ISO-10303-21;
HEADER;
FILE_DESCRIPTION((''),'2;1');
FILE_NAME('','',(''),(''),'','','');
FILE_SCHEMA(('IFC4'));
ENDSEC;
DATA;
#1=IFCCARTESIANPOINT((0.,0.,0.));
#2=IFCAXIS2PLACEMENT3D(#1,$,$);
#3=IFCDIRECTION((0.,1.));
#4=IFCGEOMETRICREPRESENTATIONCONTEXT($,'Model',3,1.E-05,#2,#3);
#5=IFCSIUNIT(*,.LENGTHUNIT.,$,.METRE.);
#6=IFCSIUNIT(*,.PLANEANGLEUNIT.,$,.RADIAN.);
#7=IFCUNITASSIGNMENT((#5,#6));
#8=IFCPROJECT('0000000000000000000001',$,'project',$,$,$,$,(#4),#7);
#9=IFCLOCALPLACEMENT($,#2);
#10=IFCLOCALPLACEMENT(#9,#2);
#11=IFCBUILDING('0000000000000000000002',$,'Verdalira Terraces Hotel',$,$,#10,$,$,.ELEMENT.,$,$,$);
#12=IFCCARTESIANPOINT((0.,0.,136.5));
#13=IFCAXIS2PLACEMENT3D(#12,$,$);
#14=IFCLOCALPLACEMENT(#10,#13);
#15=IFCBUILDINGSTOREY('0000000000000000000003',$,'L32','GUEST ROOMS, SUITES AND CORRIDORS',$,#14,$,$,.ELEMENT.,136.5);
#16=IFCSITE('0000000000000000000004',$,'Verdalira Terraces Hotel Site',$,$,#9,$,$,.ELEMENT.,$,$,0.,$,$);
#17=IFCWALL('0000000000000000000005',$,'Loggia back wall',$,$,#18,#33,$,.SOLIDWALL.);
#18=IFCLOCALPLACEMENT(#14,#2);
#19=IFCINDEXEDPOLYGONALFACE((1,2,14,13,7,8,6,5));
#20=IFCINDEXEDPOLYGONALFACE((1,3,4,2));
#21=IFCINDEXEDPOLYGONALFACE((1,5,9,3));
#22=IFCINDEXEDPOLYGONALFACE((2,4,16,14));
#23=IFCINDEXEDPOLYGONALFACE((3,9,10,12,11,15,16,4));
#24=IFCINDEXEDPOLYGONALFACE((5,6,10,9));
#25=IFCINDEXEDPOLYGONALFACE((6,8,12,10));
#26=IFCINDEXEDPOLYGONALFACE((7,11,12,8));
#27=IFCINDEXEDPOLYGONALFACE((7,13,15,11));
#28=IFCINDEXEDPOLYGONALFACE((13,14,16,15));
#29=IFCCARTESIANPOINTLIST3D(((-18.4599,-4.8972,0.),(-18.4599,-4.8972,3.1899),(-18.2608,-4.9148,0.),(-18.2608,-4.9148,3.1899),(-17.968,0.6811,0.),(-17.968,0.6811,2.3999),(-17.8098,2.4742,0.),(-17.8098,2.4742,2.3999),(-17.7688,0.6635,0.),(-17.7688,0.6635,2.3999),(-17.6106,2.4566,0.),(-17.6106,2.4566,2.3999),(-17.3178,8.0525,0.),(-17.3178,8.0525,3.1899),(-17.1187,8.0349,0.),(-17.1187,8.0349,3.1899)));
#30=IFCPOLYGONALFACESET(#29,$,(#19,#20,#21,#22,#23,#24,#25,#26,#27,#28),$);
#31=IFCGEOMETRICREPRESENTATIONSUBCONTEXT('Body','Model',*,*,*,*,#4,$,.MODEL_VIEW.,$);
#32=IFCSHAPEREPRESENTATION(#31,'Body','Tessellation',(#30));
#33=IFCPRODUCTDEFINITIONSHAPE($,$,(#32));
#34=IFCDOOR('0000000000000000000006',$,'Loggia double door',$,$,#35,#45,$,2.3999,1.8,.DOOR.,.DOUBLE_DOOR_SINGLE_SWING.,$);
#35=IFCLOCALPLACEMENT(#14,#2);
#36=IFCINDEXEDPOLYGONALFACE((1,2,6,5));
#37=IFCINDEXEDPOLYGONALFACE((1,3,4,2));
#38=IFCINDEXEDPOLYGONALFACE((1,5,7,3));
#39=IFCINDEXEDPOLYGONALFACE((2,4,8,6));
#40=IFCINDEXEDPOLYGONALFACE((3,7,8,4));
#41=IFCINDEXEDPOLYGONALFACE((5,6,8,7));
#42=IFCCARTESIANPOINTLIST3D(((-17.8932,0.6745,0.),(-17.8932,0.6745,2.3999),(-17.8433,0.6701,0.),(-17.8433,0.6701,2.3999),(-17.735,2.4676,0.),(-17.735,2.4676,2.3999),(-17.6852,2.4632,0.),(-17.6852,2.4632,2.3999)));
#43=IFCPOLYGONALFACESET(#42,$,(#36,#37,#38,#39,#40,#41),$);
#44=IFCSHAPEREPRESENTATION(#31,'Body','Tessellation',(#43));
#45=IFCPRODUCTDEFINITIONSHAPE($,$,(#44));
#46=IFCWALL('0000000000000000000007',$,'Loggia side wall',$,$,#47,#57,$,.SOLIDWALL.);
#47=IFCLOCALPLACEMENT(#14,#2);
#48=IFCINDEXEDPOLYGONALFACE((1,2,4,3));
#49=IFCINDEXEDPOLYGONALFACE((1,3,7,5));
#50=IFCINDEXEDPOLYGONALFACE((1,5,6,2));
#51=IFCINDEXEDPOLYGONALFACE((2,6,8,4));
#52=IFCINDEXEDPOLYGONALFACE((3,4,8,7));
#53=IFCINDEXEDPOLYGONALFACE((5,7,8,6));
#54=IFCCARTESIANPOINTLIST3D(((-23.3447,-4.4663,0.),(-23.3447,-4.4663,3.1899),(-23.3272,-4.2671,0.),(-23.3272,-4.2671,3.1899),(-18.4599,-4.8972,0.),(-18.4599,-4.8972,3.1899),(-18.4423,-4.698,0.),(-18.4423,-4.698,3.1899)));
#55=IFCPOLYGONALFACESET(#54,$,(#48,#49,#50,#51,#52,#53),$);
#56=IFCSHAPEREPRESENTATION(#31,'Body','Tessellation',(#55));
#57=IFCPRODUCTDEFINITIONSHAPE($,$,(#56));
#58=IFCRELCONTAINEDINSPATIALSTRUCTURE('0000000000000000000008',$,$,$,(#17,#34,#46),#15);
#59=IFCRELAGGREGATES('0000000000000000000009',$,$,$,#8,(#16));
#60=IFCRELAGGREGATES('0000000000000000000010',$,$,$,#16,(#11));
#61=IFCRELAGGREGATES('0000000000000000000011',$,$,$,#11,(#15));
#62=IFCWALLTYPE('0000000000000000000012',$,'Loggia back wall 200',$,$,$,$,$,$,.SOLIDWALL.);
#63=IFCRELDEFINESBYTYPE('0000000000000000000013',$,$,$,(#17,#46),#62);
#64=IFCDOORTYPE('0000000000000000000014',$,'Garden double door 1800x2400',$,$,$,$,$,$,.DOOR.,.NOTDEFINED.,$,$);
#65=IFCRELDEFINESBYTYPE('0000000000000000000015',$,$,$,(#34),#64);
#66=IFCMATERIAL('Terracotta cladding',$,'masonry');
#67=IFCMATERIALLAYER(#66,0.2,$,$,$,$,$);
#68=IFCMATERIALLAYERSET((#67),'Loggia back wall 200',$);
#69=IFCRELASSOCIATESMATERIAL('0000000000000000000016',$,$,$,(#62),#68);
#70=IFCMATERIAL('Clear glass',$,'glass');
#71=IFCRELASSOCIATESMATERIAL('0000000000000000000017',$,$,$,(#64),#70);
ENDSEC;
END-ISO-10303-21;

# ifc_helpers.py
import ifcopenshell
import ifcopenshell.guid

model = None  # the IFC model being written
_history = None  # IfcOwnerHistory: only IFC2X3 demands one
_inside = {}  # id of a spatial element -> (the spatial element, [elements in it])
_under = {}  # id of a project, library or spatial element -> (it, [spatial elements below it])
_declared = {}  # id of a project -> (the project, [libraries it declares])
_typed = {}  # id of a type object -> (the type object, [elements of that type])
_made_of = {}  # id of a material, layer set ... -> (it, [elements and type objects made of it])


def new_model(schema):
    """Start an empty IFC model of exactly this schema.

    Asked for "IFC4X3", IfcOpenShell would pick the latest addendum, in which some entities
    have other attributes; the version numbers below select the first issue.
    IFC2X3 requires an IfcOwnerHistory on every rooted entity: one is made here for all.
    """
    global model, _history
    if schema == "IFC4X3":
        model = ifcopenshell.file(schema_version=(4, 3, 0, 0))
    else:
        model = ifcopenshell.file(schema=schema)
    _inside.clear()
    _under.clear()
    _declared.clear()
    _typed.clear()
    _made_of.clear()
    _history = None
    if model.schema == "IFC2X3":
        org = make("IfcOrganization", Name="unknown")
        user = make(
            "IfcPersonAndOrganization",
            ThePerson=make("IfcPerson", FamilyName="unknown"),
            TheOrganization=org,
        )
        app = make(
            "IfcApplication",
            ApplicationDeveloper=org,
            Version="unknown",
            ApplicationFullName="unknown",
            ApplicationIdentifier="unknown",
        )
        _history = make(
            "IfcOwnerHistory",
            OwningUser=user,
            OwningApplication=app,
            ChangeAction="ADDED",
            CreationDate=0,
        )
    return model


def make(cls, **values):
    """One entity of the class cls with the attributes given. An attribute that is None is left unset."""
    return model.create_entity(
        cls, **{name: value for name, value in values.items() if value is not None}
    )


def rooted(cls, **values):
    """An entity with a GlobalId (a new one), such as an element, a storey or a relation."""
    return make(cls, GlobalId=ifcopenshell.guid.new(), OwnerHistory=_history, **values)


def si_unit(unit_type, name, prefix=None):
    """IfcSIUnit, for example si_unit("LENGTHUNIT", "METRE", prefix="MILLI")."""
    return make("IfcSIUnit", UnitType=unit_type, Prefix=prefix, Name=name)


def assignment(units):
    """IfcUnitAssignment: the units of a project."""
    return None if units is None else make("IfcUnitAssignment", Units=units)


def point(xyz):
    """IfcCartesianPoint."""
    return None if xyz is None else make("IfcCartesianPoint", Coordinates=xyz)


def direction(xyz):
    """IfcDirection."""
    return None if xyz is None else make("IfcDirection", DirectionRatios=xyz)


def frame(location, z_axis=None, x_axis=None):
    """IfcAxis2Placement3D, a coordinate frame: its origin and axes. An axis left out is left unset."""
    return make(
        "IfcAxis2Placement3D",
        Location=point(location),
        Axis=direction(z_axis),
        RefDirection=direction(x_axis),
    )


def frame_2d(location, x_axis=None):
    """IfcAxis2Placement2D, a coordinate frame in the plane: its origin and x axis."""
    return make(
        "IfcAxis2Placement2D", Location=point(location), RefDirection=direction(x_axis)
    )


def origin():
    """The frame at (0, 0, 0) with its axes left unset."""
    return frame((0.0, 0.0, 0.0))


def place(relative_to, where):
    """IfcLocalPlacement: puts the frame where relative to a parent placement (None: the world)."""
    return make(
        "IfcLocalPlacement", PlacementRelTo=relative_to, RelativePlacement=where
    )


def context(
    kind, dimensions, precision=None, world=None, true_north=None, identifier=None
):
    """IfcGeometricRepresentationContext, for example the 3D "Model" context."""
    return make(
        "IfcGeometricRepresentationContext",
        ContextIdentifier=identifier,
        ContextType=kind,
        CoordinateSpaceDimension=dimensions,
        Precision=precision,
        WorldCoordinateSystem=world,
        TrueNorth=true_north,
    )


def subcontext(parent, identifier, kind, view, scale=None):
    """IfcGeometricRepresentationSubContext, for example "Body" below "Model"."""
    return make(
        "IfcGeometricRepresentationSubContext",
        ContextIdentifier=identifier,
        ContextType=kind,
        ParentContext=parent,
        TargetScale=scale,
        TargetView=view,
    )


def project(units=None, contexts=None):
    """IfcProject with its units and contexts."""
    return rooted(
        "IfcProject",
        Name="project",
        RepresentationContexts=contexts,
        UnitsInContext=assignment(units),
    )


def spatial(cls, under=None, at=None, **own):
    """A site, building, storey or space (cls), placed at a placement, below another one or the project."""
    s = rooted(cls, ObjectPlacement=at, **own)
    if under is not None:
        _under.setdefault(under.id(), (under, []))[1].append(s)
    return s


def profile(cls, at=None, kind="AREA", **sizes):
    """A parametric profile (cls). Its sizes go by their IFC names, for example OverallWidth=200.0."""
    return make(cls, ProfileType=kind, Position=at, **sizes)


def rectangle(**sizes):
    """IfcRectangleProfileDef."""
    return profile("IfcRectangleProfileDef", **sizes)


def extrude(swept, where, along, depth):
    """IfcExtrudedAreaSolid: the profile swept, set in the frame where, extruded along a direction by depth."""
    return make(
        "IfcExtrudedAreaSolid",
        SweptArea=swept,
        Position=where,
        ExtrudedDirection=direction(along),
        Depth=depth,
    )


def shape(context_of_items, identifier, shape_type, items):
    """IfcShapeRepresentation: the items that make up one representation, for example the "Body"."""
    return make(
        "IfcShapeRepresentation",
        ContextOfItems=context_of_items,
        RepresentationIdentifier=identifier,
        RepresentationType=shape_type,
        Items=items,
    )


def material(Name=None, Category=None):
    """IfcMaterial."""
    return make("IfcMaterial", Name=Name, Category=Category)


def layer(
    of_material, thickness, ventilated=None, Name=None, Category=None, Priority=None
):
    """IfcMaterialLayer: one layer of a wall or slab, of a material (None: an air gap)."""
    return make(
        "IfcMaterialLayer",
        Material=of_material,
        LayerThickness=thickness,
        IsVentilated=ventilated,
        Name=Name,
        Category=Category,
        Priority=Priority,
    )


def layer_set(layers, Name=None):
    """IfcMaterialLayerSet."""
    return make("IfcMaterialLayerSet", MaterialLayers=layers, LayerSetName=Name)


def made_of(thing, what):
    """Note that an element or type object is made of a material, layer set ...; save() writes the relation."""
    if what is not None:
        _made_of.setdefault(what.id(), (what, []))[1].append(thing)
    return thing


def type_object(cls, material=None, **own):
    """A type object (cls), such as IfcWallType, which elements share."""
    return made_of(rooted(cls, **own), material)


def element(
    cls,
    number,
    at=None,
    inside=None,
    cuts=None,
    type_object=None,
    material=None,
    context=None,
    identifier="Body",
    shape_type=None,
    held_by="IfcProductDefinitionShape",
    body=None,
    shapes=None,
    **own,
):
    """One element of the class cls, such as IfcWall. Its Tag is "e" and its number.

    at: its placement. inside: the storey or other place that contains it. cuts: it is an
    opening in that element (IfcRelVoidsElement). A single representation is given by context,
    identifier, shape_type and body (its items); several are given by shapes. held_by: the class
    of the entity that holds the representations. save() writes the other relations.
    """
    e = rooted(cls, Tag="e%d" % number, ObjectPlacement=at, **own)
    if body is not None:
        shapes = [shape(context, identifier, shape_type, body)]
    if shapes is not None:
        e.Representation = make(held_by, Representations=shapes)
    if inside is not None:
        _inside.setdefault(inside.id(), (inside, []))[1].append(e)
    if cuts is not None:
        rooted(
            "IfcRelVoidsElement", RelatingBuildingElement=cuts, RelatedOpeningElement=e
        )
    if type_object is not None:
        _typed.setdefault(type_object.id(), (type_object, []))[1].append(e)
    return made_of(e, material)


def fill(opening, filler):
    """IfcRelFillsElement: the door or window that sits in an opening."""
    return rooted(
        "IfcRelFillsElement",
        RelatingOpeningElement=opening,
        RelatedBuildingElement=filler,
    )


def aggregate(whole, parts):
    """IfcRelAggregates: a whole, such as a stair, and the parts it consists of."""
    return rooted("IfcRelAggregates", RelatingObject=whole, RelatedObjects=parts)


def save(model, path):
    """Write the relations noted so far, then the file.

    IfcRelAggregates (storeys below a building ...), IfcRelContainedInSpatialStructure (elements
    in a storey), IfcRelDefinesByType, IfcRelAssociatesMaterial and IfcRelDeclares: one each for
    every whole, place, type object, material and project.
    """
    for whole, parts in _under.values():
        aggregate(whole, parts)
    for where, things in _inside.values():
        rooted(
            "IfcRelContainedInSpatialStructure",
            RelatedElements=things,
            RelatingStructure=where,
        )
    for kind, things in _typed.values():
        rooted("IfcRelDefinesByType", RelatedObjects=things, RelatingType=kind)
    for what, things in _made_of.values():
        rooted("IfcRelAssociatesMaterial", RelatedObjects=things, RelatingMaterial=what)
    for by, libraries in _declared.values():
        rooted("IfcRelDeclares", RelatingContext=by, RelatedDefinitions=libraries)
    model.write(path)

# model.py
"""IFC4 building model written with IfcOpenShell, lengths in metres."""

from ifc_helpers import new_model, si_unit, direction, frame, frame_2d, origin, place, context, subcontext, project, spatial, rectangle, extrude, material, layer, layer_set, type_object, element, fill, save


model = new_model("IFC4")

# Units and contexts
model_context = context("Model", 3, precision=1e-05, world=origin(), true_north=direction((0.0, 1.0)))
body_context = subcontext(model_context, "Body", "Model", "MODEL_VIEW")
ifc_project = project(units=[si_unit("LENGTHUNIT", "METRE"), si_unit("PLANEANGLEUNIT", "RADIAN")], contexts=[model_context])

# Site, building, storey
site_placement = place(None, origin())
site = spatial("IfcSite", under=ifc_project, at=site_placement, Name="Verdalira Terraces Hotel Site", CompositionType="ELEMENT", RefElevation=0.0)
building_placement = place(site_placement, origin())
building = spatial("IfcBuilding", under=site, at=building_placement, Name="Verdalira Terraces Hotel", CompositionType="ELEMENT")
storey_placement = place(building_placement, frame((0.0, 0.0, 136.5)))
storey = spatial("IfcBuildingStorey", under=building, at=storey_placement, Name="L32", Description="GUEST ROOMS, SUITES AND CORRIDORS", CompositionType="ELEMENT", Elevation=136.5)

# Wall, opening, door
ifc_material_1 = material(Name="Terracotta cladding", Category="masonry")
ifc_layer_1 = layer(ifc_material_1, 0.2)
ifc_layer_set_1 = layer_set([ifc_layer_1], Name="Loggia back wall 200")
wall_type_1 = type_object("IfcWallType", Name="Loggia back wall 200", PredefinedType="SOLIDWALL", material=ifc_layer_set_1)
wall_1_placement = place(storey_placement, frame((-18.3604, -4.906, 0.0), z_axis=(0.0, 0.0, 1.0), x_axis=(0.087853, 0.996133, 0.0)))
wall_1 = element("IfcWall", 1, at=wall_1_placement, inside=storey, type_object=wall_type_1, Name="Loggia back wall", PredefinedType="SOLIDWALL", context=body_context, shape_type="SweptSolid", body=[
    extrude(rectangle(XDim=13.0, YDim=0.2, at=frame_2d((6.5, 0.0))), origin(), (0.0, 0.0, 1.0), 3.1899),
])
opening_1_placement = place(wall_1_placement, frame((5.6001, 0.0, 0.0)))
opening_1 = element("IfcOpeningElement", 2, at=opening_1_placement, cuts=wall_1, PredefinedType="OPENING", context=body_context, shape_type="SweptSolid", body=[
    extrude(rectangle(XDim=1.8, YDim=2.3999, at=frame_2d((0.8999, 1.2))), frame((0.0, 0.1099, 0.0), z_axis=(0.0, -1.0, 0.0), x_axis=(1.0, 0.0, 0.0)), (0.0, 0.0, 1.0), 0.22),
])
ifc_material_2 = material(Name="Clear glass", Category="glass")
door_type_1 = type_object("IfcDoorType", Name="Garden double door 1800x2400", OperationType="NOTDEFINED", PredefinedType="DOOR", material=ifc_material_2)
door_1_placement = place(opening_1_placement, origin())
door_1 = element("IfcDoor", 3, at=door_1_placement, inside=storey, type_object=door_type_1, Name="Loggia double door", OperationType="DOUBLE_DOOR_SINGLE_SWING", OverallHeight=2.3999, OverallWidth=1.8, PredefinedType="DOOR", context=body_context, shape_type="SweptSolid", body=[
    extrude(rectangle(XDim=1.8, YDim=2.3999, at=frame_2d((0.8999, 1.2))), frame((0.0, 0.0249, 0.0), z_axis=(0.0, -1.0, 0.0), x_axis=(1.0, 0.0, 0.0)), (0.0, 0.0, 1.0), 0.05),
])
fill(opening_1, door_1)

# Wall
wall_2_placement = place(storey_placement, frame((-23.3359, -4.3667, 0.0), z_axis=(0.0, 0.0, 1.0), x_axis=(0.996132, -0.087873, 0.0)))
element("IfcWall", 4, at=wall_2_placement, inside=storey, type_object=wall_type_1, Name="Loggia side wall", PredefinedType="SOLIDWALL", context=body_context, shape_type="SweptSolid", body=[
    extrude(rectangle(XDim=4.9038, YDim=0.2, at=frame_2d((2.4519, 0.0))), origin(), (0.0, 0.0, 1.0), 3.1899),
])

save(model, "model.ifc")
